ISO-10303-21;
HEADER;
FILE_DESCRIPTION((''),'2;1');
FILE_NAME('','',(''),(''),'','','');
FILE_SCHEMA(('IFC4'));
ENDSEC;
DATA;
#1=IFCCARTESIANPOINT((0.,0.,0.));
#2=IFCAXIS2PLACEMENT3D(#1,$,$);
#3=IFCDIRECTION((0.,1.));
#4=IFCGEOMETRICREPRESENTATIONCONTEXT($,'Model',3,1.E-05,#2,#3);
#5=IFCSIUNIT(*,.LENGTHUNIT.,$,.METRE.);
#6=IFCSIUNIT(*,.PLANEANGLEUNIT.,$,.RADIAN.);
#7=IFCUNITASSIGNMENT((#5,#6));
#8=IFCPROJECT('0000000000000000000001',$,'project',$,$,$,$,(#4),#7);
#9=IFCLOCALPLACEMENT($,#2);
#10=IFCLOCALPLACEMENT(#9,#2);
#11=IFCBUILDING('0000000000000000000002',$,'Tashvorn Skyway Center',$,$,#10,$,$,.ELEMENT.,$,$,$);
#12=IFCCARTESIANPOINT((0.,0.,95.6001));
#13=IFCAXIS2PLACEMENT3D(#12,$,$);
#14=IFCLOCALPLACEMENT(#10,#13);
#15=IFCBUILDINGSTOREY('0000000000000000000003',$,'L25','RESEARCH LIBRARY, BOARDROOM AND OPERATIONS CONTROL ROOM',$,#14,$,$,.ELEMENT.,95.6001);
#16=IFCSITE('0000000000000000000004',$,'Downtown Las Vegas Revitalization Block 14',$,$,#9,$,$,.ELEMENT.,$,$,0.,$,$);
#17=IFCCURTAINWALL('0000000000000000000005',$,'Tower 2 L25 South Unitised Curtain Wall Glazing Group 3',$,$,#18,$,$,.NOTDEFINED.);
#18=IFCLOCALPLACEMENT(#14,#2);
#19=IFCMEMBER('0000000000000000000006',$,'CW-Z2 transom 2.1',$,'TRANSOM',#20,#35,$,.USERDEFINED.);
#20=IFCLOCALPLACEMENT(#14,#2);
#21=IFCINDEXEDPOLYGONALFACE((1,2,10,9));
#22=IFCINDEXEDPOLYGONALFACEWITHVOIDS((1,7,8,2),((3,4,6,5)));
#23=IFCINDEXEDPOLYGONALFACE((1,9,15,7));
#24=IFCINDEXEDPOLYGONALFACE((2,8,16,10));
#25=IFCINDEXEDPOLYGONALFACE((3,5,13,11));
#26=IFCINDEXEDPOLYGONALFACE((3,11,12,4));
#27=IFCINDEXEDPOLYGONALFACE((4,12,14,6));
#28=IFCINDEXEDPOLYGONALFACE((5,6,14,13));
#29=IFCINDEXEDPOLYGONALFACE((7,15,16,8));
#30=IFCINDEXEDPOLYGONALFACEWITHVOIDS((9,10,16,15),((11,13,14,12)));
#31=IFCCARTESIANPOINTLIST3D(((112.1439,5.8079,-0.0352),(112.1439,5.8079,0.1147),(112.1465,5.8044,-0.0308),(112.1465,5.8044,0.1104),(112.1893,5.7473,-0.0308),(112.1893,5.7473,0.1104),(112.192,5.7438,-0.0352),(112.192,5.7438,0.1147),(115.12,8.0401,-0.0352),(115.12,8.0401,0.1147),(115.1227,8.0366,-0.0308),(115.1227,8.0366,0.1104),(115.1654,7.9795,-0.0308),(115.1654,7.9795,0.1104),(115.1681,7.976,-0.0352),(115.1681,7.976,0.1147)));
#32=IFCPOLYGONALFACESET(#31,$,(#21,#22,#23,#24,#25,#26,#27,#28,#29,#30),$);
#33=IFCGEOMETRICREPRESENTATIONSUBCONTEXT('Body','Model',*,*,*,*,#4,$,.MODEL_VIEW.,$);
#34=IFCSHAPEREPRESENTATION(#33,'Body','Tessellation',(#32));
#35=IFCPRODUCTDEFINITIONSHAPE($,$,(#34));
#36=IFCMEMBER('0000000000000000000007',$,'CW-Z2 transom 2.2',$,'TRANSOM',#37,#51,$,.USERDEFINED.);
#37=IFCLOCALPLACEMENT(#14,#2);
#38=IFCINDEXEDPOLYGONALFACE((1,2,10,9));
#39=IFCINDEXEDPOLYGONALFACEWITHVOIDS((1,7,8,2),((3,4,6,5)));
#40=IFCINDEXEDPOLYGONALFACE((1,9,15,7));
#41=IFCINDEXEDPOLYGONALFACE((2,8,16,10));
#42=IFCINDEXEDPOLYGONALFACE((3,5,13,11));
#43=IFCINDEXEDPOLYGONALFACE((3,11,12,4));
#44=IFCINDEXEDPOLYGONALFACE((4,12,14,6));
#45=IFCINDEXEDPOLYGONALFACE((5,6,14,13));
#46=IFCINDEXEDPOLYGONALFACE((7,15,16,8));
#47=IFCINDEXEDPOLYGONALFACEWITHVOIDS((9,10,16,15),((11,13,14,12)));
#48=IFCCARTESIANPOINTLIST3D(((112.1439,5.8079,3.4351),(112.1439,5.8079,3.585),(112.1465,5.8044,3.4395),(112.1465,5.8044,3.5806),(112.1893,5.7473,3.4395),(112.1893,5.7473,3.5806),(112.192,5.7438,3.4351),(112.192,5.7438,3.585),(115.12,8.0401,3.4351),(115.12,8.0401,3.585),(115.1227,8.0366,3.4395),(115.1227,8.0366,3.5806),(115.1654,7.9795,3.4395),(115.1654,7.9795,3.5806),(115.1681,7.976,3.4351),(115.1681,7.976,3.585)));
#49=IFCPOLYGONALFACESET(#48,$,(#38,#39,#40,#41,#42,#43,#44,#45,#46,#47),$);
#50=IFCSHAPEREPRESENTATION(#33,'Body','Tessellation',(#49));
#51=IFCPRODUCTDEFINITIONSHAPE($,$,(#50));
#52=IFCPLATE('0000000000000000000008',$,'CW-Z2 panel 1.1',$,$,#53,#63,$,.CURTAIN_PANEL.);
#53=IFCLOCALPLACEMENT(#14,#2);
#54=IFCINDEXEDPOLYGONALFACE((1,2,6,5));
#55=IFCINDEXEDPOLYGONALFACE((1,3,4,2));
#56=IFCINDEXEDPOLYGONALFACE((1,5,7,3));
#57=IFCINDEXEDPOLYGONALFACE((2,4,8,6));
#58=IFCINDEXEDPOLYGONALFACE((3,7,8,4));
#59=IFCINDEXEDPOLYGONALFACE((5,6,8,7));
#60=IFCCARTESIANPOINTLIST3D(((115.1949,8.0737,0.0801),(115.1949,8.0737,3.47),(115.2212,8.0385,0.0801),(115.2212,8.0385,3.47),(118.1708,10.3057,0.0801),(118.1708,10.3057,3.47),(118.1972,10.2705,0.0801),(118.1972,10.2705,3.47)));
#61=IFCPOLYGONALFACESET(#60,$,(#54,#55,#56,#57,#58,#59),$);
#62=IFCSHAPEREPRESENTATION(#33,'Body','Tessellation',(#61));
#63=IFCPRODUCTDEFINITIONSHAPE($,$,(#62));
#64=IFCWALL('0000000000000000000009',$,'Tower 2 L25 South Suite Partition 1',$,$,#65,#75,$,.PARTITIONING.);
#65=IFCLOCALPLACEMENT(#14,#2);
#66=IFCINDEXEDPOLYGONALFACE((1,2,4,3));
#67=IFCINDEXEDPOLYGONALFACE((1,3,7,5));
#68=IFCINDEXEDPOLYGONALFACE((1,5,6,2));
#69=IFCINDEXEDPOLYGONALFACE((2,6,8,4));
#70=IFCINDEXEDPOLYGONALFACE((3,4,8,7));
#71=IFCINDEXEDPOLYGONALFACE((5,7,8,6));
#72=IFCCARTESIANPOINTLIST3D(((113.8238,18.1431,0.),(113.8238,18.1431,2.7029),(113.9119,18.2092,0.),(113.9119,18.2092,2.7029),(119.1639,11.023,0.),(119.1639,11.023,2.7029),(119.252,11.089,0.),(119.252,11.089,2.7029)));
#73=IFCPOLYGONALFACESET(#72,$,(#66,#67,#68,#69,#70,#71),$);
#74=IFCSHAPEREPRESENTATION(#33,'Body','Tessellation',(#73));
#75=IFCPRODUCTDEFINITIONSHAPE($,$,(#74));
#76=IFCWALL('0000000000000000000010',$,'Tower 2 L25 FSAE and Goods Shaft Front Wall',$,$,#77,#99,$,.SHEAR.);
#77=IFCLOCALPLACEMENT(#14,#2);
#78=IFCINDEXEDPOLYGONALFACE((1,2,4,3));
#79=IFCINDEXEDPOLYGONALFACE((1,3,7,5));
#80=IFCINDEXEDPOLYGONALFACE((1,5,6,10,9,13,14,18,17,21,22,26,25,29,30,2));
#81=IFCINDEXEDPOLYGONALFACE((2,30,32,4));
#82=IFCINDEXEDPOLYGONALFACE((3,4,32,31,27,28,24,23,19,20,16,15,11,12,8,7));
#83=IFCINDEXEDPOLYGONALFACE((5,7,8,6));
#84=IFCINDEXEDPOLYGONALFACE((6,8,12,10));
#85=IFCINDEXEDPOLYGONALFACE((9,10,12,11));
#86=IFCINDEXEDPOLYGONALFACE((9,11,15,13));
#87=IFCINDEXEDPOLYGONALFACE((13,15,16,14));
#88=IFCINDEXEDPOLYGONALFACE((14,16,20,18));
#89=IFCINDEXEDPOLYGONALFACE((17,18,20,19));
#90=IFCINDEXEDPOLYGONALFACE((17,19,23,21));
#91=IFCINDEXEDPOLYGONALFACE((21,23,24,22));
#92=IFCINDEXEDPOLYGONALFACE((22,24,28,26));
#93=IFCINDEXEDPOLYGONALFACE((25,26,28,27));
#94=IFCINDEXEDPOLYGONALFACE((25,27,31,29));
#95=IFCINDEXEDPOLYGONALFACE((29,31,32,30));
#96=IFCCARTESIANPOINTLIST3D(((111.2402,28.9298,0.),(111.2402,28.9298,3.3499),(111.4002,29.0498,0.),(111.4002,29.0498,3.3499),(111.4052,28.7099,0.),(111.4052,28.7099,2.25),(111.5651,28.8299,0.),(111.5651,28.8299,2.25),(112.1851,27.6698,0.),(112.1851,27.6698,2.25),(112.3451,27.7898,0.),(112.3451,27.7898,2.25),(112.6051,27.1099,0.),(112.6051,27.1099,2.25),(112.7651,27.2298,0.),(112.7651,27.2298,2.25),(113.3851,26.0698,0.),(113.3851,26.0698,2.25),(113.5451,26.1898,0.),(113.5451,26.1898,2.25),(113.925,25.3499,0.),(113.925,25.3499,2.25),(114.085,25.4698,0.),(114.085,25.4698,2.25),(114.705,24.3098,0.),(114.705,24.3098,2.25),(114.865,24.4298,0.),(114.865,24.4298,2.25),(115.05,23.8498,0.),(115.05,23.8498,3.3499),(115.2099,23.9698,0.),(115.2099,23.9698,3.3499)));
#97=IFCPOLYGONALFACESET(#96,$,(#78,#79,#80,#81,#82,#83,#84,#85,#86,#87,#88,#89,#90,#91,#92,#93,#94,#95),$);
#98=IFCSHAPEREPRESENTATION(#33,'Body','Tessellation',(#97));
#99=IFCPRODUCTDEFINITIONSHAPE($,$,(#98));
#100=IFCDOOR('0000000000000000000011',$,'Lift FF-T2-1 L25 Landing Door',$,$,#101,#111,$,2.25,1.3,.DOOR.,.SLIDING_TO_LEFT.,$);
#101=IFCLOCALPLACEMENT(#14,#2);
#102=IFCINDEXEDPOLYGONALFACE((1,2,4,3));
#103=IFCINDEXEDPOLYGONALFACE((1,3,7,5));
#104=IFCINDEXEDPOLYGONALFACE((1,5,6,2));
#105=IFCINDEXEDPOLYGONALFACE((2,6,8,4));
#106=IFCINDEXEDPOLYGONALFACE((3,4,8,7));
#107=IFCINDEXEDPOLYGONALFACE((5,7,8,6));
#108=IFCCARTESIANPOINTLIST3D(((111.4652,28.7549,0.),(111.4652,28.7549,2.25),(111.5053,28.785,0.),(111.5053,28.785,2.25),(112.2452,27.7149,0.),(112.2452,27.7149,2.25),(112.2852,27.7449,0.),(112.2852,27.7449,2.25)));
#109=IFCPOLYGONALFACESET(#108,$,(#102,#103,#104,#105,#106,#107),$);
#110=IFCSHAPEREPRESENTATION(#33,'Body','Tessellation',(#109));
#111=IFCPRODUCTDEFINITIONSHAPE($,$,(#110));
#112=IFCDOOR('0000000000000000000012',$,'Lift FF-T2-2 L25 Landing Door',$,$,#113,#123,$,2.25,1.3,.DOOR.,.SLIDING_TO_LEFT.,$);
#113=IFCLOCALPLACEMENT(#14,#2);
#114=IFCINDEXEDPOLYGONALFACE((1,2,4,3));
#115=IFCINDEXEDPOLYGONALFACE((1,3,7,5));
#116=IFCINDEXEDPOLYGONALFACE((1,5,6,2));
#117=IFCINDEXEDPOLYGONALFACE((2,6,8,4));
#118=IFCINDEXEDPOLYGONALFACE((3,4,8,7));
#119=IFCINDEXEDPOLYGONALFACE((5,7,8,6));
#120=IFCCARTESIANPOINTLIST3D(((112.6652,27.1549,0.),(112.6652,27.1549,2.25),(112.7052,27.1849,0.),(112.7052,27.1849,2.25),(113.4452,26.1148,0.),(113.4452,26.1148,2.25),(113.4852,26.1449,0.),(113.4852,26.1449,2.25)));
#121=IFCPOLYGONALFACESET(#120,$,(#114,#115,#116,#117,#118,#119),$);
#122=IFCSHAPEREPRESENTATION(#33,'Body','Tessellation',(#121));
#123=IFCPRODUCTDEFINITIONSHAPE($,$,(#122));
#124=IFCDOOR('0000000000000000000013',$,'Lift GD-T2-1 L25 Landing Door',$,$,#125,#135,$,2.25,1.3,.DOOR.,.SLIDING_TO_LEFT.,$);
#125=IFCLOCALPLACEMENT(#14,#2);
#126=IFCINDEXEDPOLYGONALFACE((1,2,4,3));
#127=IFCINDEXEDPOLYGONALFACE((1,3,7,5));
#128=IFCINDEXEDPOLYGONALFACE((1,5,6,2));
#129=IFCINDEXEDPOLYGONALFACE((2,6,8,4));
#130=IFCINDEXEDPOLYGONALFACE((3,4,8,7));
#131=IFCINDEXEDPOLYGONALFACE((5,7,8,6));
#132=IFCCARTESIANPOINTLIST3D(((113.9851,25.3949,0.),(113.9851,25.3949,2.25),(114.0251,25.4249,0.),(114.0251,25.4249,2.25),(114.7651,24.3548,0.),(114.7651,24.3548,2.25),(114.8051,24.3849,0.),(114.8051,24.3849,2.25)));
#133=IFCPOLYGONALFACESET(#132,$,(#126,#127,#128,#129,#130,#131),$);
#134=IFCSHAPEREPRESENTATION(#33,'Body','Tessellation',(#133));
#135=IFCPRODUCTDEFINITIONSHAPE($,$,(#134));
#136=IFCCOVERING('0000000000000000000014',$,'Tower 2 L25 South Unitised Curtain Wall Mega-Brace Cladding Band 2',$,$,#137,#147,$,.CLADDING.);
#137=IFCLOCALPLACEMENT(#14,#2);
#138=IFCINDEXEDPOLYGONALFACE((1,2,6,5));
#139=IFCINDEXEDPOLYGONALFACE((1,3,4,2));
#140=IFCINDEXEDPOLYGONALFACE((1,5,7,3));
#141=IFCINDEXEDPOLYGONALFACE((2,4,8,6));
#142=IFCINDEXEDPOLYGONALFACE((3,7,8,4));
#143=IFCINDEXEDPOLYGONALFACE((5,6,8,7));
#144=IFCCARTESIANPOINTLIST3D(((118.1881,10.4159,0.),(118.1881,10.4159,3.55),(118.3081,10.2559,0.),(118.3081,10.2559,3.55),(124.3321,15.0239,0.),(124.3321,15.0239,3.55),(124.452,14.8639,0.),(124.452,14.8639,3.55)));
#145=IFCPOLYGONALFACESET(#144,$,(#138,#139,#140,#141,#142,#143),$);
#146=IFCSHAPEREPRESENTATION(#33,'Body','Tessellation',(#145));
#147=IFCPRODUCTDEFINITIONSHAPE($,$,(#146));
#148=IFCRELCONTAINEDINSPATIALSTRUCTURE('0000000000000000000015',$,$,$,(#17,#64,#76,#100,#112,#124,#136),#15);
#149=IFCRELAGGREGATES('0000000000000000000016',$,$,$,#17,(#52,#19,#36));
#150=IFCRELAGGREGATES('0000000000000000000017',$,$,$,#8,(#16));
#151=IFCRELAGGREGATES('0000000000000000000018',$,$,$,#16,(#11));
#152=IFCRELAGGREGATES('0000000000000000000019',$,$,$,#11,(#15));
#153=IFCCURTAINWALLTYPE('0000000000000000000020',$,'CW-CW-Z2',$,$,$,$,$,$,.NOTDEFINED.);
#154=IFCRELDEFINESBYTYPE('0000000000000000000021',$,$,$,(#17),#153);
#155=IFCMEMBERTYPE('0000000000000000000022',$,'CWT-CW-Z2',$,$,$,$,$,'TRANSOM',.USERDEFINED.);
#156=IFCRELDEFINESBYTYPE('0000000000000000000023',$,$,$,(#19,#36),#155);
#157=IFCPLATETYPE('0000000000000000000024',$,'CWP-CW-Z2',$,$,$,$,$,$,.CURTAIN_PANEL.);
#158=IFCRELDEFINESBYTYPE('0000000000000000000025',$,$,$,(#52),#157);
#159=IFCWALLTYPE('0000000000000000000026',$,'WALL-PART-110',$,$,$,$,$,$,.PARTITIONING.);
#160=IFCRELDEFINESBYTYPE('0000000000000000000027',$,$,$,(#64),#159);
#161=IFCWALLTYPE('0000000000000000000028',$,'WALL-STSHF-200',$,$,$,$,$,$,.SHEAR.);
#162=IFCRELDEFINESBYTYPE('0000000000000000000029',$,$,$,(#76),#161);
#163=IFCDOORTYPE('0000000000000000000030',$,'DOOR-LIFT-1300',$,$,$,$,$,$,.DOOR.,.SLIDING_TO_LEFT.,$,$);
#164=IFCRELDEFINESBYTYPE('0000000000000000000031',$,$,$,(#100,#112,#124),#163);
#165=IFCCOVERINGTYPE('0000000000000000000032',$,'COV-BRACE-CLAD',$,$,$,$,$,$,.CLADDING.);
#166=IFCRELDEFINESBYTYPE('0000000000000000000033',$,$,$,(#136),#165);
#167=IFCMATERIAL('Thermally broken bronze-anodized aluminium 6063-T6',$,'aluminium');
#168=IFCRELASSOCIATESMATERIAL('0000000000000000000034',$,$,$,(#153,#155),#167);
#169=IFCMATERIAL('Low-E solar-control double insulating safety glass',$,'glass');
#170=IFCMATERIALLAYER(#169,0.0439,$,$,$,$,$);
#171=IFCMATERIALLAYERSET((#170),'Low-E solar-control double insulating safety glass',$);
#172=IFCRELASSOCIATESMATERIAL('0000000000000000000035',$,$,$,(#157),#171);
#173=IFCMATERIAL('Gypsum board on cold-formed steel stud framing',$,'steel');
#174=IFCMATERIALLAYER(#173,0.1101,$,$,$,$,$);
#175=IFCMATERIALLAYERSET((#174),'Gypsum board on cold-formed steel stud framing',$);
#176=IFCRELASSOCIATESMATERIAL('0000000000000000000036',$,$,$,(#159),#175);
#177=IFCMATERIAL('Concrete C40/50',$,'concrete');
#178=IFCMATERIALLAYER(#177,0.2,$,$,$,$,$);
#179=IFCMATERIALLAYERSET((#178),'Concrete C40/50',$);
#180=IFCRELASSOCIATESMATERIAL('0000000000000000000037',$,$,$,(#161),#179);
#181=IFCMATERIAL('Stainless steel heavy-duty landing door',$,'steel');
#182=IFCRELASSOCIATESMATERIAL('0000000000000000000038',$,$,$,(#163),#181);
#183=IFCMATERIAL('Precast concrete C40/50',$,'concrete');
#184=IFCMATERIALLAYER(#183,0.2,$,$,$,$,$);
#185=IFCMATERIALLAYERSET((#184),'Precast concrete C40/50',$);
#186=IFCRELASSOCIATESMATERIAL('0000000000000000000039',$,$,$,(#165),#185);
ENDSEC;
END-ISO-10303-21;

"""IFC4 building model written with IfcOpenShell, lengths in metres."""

from ifc_helpers import new_model, si_unit, direction, frame, frame_2d, origin, origin_2d, place, context, subcontext, project, spatial, rectangle, hollow_rectangle, extrude, material, layer, layer_set, material_profile, profile_set, type_object, element, fill, aggregate, save


model = new_model("IFC4")

# Units and contexts
model_context = context("Model", 3, precision=1e-05, world=origin(), true_north=direction((0.0, 1.0)))
body_context = subcontext(model_context, "Body", "Model", "MODEL_VIEW")
ifc_project = project(units=[si_unit("LENGTHUNIT", "METRE"), si_unit("PLANEANGLEUNIT", "RADIAN")], contexts=[model_context])

# Site, building, storey
site_placement = place(None, origin())
site = spatial("IfcSite", under=ifc_project, at=site_placement, Name="Downtown Las Vegas Revitalization Block 14", CompositionType="ELEMENT", RefElevation=0.0)
building_placement = place(site_placement, origin())
building = spatial("IfcBuilding", under=site, at=building_placement, Name="Tashvorn Skyway Center", CompositionType="ELEMENT")
storey_placement = place(building_placement, frame((0.0, 0.0, 95.6001)))
storey = spatial("IfcBuildingStorey", under=building, at=storey_placement, Name="L25", Description="RESEARCH LIBRARY, BOARDROOM AND OPERATIONS CONTROL ROOM", CompositionType="ELEMENT", Elevation=95.6001)

# Shared definitions
ifc_material_1 = material(Name="Thermally broken bronze-anodized aluminium 6063-T6", Category="aluminium")
curtain_wall_type = type_object("IfcCurtainWallType", Name="CW-CW-Z2", PredefinedType="NOTDEFINED", material=ifc_material_1)

# Curtain wall, members, plate
curtain_wall_1_placement = place(storey_placement, origin())
curtain_wall_1 = element("IfcCurtainWall", 1, at=curtain_wall_1_placement, inside=storey, type_object=curtain_wall_type, Name="Tower 2 L25 South Unitised Curtain Wall Glazing Group 3", PredefinedType="NOTDEFINED")
ifc_material_profile_1 = material_profile(ifc_material_1, hollow_rectangle(XDim=0.0801, YDim=0.1499, WallThickness=0.0044, at=origin_2d()), Name="ALU-TRAN-80x150")
ifc_profile_set_1 = profile_set([ifc_material_profile_1], Name="Thermally broken bronze-anodized aluminium 6063-T6")
member_type_1 = type_object("IfcMemberType", Name="CWT-CW-Z2", ElementType="TRANSOM", PredefinedType="USERDEFINED", material=ifc_profile_set_1)
member_1_placement = place(storey_placement, frame((115.144, 8.0081, 0.0398), z_axis=(-0.799984, -0.600021, 0.0), x_axis=(0.600021, -0.799984, 0.0)))
member_1 = element("IfcMember", 2, at=member_1_placement, type_object=member_type_1, Name="CW-Z2 transom 2.1", ObjectType="TRANSOM", PredefinedType="USERDEFINED", context=body_context, shape_type="SweptSolid", body=[
    extrude(hollow_rectangle(XDim=0.0801, YDim=0.1499, WallThickness=0.0044, at=origin_2d()), origin(), (0.0, 0.0, 1.0), 3.7202),
])
member_2_placement = place(storey_placement, frame((115.144, 8.0081, 3.51), z_axis=(-0.799984, -0.600021, 0.0), x_axis=(0.600021, -0.799984, 0.0)))
member_2 = element("IfcMember", 3, at=member_2_placement, type_object=member_type_1, Name="CW-Z2 transom 2.2", ObjectType="TRANSOM", PredefinedType="USERDEFINED", context=body_context, shape_type="SweptSolid", body=[
    extrude(hollow_rectangle(XDim=0.0801, YDim=0.1499, WallThickness=0.0044, at=origin_2d()), origin(), (0.0, 0.0, 1.0), 3.7202),
])
ifc_material_2 = material(Name="Low-E solar-control double insulating safety glass", Category="glass")
ifc_layer_1 = layer(ifc_material_2, 0.0439)
ifc_layer_set_1 = layer_set([ifc_layer_1], Name="Low-E solar-control double insulating safety glass")
plate_type = type_object("IfcPlateType", Name="CWP-CW-Z2", PredefinedType="CURTAIN_PANEL", material=ifc_layer_set_1)
plate_placement = place(storey_placement, frame((116.696, 9.1721, 0.0801), z_axis=(0.0, 0.0, 1.0), x_axis=(-0.8, -0.6, 0.0)))
plate = element("IfcPlate", 4, at=plate_placement, type_object=plate_type, Name="CW-Z2 panel 1.1", PredefinedType="CURTAIN_PANEL", context=body_context, shape_type="SweptSolid", body=[
    extrude(rectangle(XDim=3.72, YDim=0.0439, at=origin_2d()), origin(), (0.0, 0.0, 1.0), 3.3899),
])
aggregate(curtain_wall_1, [plate, member_1, member_2])

# Wall
ifc_material_3 = material(Name="Gypsum board on cold-formed steel stud framing", Category="steel")
ifc_layer_2 = layer(ifc_material_3, 0.1101)
ifc_layer_set_2 = layer_set([ifc_layer_2], Name="Gypsum board on cold-formed steel stud framing")
wall_type_1 = type_object("IfcWallType", Name="WALL-PART-110", PredefinedType="PARTITIONING", material=ifc_layer_set_2)
wall_1_placement = place(storey_placement, frame((119.208, 11.0559, 0.0), z_axis=(0.0, 0.0, 1.0), x_axis=(-0.6, 0.8, 0.0)))
element("IfcWall", 5, at=wall_1_placement, inside=storey, type_object=wall_type_1, Name="Tower 2 L25 South Suite Partition 1", PredefinedType="PARTITIONING", context=body_context, shape_type="SweptSolid", body=[
    extrude(rectangle(XDim=8.9001, YDim=0.1101, at=frame_2d((4.4502, 0.0))), origin(), (0.0, 0.0, 1.0), 2.7029),
])

# Wall, openings, doors
ifc_material_4 = material(Name="Concrete C40/50", Category="concrete")
ifc_layer_3 = layer(ifc_material_4, 0.2)
ifc_layer_set_3 = layer_set([ifc_layer_3], Name="Concrete C40/50")
wall_type_2 = type_object("IfcWallType", Name="WALL-STSHF-200", PredefinedType="SHEAR", material=ifc_layer_set_3)
wall_2_placement = place(storey_placement, frame((115.1299, 23.9099, 0.0), z_axis=(0.0, 0.0, 1.0), x_axis=(-0.599975, 0.800018, 0.0)))
wall_2 = element("IfcWall", 6, at=wall_2_placement, inside=storey, type_object=wall_type_2, Name="Tower 2 L25 FSAE and Goods Shaft Front Wall", PredefinedType="SHEAR", context=body_context, shape_type="SweptSolid", body=[
    extrude(rectangle(XDim=6.3499, YDim=0.2, at=frame_2d((3.1748, 0.0))), origin(), (0.0, 0.0, 1.0), 3.3499),
])
opening_1_placement = place(wall_2_placement, frame((4.7749, 0.0, 0.0)))
opening_1 = element("IfcOpeningElement", 7, at=opening_1_placement, cuts=wall_2, PredefinedType="OPENING", context=body_context, shape_type="SweptSolid", body=[
    extrude(rectangle(XDim=1.3, YDim=2.25, at=frame_2d((0.6499, 1.125))), frame((0.0, 0.1099, 0.0), z_axis=(0.0, -1.0, 0.0), x_axis=(1.0, 0.0, 0.0)), (0.0, 0.0, 1.0), 0.22),
])
opening_2_placement = place(wall_2_placement, frame((2.7749, 0.0, 0.0)))
opening_2 = element("IfcOpeningElement", 8, at=opening_2_placement, cuts=wall_2, PredefinedType="OPENING", context=body_context, shape_type="SweptSolid", body=[
    extrude(rectangle(XDim=1.3, YDim=2.25, at=frame_2d((0.6499, 1.125))), frame((0.0, 0.1099, 0.0), z_axis=(0.0, -1.0, 0.0), x_axis=(1.0, 0.0, 0.0)), (0.0, 0.0, 1.0), 0.22),
])
opening_3_placement = place(wall_2_placement, frame((0.575, 0.0, 0.0)))
opening_3 = element("IfcOpeningElement", 9, at=opening_3_placement, cuts=wall_2, PredefinedType="OPENING", context=body_context, shape_type="SweptSolid", body=[
    extrude(rectangle(XDim=1.3, YDim=2.25, at=frame_2d((0.6499, 1.125))), frame((0.0, 0.1099, 0.0), z_axis=(0.0, -1.0, 0.0), x_axis=(1.0, 0.0, 0.0)), (0.0, 0.0, 1.0), 0.22),
])
ifc_material_5 = material(Name="Stainless steel heavy-duty landing door", Category="steel")
door_type = type_object("IfcDoorType", Name="DOOR-LIFT-1300", OperationType="SLIDING_TO_LEFT", PredefinedType="DOOR", material=ifc_material_5)
door_1_placement = place(opening_1_placement, origin())
door_1 = element("IfcDoor", 10, at=door_1_placement, inside=storey, type_object=door_type, Name="Lift FF-T2-1 L25 Landing Door", OperationType="SLIDING_TO_LEFT", OverallHeight=2.25, OverallWidth=1.3, PredefinedType="DOOR", context=body_context, shape_type="SweptSolid", body=[
    extrude(rectangle(XDim=1.3, YDim=2.25, at=frame_2d((0.6499, 1.125))), frame((0.0, 0.0249, 0.0), z_axis=(0.0, -1.0, 0.0), x_axis=(1.0, 0.0, 0.0)), (0.0, 0.0, 1.0), 0.05),
])
fill(opening_1, door_1)
door_2_placement = place(opening_2_placement, origin())
door_2 = element("IfcDoor", 11, at=door_2_placement, inside=storey, type_object=door_type, Name="Lift FF-T2-2 L25 Landing Door", OperationType="SLIDING_TO_LEFT", OverallHeight=2.25, OverallWidth=1.3, PredefinedType="DOOR", context=body_context, shape_type="SweptSolid", body=[
    extrude(rectangle(XDim=1.3, YDim=2.25, at=frame_2d((0.6499, 1.125))), frame((0.0, 0.0249, 0.0), z_axis=(0.0, -1.0, 0.0), x_axis=(1.0, 0.0, 0.0)), (0.0, 0.0, 1.0), 0.05),
])
fill(opening_2, door_2)
door_3_placement = place(opening_3_placement, origin())
door_3 = element("IfcDoor", 12, at=door_3_placement, inside=storey, type_object=door_type, Name="Lift GD-T2-1 L25 Landing Door", OperationType="SLIDING_TO_LEFT", OverallHeight=2.25, OverallWidth=1.3, PredefinedType="DOOR", context=body_context, shape_type="SweptSolid", body=[
    extrude(rectangle(XDim=1.3, YDim=2.25, at=frame_2d((0.6499, 1.125))), frame((0.0, 0.0249, 0.0), z_axis=(0.0, -1.0, 0.0), x_axis=(1.0, 0.0, 0.0)), (0.0, 0.0, 1.0), 0.05),
])
fill(opening_3, door_3)

# Covering
ifc_material_6 = material(Name="Precast concrete C40/50", Category="concrete")
ifc_layer_4 = layer(ifc_material_6, 0.2)
ifc_layer_set_4 = layer_set([ifc_layer_4], Name="Precast concrete C40/50")
covering_type = type_object("IfcCoveringType", Name="COV-BRACE-CLAD", PredefinedType="CLADDING", material=ifc_layer_set_4)
covering_placement = place(storey_placement, frame((121.3201, 12.6399, 0.0), z_axis=(0.0, 0.0, 1.0), x_axis=(-0.8, -0.6, 0.0)))
element("IfcCovering", 13, at=covering_placement, inside=storey, type_object=covering_type, Name="Tower 2 L25 South Unitised Curtain Wall Mega-Brace Cladding Band 2", PredefinedType="CLADDING", context=body_context, shape_type="SweptSolid", body=[
    extrude(rectangle(XDim=7.6799, YDim=0.2, at=origin_2d()), origin(), (0.0, 0.0, 1.0), 3.55),
])

save(model, "model.ifc")
